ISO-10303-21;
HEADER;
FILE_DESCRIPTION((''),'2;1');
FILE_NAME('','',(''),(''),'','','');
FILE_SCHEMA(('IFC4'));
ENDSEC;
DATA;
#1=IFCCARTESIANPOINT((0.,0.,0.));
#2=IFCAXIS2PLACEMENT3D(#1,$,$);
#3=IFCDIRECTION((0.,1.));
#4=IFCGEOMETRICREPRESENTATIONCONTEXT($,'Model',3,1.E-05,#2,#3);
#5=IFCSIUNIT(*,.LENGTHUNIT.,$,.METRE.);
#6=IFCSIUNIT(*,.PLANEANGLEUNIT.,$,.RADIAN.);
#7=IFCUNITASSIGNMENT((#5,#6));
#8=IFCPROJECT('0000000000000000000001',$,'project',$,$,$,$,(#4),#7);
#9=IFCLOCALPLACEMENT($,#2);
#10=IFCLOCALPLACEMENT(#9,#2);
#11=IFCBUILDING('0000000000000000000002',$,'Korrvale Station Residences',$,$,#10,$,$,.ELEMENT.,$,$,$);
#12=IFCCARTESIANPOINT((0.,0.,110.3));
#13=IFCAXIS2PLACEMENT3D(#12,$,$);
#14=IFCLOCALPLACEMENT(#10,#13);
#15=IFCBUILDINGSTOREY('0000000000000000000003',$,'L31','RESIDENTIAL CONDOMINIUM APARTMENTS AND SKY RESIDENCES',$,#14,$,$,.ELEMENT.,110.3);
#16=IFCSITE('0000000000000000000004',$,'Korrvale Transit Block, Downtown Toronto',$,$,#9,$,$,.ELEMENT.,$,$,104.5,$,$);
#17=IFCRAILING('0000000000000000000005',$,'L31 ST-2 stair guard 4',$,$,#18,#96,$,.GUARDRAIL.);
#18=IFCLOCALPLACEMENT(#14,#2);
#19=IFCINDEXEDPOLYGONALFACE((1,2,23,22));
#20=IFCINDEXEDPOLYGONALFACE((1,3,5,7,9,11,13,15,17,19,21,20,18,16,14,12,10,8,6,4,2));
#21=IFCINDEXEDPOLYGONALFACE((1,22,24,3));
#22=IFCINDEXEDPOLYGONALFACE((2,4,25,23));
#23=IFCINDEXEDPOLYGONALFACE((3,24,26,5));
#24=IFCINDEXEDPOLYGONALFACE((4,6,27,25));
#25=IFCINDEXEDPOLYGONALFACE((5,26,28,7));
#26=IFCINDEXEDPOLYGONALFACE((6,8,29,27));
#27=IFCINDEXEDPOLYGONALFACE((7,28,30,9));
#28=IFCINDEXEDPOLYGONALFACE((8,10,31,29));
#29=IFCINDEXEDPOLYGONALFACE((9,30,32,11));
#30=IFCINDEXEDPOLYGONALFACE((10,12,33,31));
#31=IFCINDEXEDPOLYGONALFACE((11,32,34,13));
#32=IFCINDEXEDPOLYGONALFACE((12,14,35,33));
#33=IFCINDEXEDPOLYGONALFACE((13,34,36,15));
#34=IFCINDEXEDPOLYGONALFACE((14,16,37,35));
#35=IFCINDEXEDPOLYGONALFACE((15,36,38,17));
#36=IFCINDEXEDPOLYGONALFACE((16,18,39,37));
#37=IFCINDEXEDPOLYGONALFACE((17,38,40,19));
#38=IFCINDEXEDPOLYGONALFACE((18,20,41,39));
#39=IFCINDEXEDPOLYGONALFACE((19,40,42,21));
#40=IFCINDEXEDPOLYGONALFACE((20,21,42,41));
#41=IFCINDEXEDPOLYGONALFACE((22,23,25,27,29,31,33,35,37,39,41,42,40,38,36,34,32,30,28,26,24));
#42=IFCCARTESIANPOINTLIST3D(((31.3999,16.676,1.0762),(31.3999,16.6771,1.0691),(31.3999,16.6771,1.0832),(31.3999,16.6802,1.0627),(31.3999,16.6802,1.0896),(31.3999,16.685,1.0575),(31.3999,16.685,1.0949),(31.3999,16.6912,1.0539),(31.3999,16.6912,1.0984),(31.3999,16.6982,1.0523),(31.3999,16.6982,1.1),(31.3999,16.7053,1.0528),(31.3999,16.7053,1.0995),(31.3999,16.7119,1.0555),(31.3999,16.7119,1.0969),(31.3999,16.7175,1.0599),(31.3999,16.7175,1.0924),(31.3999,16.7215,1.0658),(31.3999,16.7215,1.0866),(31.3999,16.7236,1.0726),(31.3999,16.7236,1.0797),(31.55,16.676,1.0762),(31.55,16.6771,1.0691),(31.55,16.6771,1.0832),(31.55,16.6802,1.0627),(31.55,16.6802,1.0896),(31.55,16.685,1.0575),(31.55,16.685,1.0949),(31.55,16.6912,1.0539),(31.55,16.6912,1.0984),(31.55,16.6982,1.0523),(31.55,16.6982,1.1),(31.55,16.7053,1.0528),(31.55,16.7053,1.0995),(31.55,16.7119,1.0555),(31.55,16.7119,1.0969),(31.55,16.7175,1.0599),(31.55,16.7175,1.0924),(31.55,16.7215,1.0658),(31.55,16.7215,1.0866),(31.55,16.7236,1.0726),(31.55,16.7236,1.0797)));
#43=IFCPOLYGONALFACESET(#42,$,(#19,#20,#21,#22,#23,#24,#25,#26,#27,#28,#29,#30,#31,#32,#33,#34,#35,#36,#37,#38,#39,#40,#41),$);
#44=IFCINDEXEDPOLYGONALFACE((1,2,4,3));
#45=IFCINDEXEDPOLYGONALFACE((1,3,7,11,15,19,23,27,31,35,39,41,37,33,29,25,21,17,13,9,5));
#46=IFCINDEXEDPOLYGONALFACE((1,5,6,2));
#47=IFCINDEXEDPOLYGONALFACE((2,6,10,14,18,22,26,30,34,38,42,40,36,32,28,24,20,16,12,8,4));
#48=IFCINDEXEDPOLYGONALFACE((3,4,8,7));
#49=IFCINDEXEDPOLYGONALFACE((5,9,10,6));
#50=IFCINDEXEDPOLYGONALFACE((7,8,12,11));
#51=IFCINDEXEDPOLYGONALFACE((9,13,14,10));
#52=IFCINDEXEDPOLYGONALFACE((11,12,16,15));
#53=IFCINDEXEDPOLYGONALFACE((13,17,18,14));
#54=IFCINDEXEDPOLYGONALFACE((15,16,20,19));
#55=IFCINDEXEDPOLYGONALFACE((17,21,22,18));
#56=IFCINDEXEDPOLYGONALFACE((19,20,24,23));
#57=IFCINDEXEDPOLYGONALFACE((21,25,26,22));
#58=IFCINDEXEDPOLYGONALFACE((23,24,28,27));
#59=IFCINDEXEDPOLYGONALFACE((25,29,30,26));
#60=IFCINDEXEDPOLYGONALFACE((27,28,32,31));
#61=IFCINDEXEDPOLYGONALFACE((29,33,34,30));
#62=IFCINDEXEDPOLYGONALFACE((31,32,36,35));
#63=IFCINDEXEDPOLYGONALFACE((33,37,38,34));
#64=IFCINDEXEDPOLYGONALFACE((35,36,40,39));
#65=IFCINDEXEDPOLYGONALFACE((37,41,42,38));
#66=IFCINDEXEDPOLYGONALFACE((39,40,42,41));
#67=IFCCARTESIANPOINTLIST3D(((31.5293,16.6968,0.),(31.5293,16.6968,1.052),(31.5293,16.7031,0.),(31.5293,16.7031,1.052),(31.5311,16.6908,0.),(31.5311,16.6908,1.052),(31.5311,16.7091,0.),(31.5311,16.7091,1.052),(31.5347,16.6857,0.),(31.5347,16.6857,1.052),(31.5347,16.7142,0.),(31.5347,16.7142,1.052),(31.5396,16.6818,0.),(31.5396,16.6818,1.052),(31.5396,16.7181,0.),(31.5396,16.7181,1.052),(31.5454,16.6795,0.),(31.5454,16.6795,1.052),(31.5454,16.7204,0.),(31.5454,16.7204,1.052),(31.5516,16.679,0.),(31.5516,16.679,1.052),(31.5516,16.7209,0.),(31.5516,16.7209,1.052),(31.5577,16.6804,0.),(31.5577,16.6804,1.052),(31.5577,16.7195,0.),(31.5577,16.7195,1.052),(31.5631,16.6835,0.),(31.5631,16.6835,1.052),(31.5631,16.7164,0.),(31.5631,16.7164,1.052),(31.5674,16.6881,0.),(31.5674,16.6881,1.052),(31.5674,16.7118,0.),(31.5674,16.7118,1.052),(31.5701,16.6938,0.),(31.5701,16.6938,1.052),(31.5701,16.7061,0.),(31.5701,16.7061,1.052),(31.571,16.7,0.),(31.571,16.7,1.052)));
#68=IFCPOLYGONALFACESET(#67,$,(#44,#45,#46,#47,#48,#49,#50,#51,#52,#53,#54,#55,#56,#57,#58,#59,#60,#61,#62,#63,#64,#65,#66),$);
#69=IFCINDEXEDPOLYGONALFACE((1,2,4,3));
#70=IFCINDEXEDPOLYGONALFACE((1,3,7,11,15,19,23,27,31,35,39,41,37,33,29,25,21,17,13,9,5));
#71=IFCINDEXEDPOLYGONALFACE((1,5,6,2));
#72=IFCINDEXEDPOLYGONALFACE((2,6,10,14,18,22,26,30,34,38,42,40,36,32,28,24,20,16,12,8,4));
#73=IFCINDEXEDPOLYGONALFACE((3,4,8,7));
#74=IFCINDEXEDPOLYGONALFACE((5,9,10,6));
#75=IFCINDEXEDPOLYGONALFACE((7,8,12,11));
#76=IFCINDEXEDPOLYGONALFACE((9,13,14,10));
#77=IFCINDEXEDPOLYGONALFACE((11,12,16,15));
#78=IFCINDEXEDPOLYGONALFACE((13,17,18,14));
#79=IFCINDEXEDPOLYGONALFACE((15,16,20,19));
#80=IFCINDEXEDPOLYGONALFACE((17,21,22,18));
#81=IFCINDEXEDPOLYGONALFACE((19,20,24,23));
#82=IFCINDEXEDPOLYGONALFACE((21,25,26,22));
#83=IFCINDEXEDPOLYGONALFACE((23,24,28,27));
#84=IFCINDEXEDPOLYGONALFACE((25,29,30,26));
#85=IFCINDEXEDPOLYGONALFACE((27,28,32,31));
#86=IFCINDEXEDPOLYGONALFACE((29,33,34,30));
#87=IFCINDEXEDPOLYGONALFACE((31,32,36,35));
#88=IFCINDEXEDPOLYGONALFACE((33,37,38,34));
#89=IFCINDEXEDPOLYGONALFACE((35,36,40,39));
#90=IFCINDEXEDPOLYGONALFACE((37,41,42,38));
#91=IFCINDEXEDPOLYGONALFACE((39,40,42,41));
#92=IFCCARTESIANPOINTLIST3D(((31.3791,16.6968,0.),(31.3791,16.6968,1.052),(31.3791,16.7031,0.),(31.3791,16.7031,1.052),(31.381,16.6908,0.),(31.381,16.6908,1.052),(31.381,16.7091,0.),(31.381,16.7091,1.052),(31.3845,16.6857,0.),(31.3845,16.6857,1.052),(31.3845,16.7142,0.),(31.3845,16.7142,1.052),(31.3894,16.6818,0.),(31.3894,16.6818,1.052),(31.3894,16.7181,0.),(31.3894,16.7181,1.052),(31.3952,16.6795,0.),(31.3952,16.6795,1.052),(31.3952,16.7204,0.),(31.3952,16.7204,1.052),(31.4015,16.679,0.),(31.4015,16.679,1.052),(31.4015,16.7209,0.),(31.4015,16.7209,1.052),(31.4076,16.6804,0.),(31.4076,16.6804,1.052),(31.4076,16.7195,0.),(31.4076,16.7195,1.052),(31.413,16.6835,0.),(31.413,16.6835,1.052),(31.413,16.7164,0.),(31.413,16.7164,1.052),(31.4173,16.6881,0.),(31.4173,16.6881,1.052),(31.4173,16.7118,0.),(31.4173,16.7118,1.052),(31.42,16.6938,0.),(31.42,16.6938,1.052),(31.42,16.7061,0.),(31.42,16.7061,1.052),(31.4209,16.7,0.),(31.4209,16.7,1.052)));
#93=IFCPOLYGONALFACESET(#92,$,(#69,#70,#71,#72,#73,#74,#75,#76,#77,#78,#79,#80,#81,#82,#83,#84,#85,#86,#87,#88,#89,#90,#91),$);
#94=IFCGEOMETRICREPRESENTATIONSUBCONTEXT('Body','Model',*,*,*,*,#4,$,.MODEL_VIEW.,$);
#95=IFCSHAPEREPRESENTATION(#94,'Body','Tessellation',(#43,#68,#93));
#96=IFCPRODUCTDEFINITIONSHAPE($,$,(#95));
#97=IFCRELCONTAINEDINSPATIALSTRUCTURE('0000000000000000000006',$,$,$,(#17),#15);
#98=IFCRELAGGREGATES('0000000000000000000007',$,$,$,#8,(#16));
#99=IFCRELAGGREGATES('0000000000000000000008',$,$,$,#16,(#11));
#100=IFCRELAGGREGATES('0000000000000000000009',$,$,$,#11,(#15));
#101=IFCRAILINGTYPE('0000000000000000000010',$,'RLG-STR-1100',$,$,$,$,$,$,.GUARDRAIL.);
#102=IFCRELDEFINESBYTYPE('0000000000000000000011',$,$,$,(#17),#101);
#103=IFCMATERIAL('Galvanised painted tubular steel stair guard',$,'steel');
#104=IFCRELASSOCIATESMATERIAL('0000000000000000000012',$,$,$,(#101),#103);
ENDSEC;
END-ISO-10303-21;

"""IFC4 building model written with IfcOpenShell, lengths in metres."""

from ifc_helpers import new_model, si_unit, direction, frame, origin, origin_2d, place, context, subcontext, project, spatial, circle, extrude, material, type_object, element, save


model = new_model("IFC4")

# Units and contexts
model_context = context("Model", 3, precision=1e-05, world=origin(), true_north=direction((0.0, 1.0)))
body_context = subcontext(model_context, "Body", "Model", "MODEL_VIEW")
ifc_project = project(units=[si_unit("LENGTHUNIT", "METRE"), si_unit("PLANEANGLEUNIT", "RADIAN")], contexts=[model_context])

# Site, building, storey
site_placement = place(None, origin())
site = spatial("IfcSite", under=ifc_project, at=site_placement, Name="Korrvale Transit Block, Downtown Toronto", CompositionType="ELEMENT", RefElevation=104.5)
building_placement = place(site_placement, origin())
building = spatial("IfcBuilding", under=site, at=building_placement, Name="Korrvale Station Residences", CompositionType="ELEMENT")
storey_placement = place(building_placement, frame((0.0, 0.0, 110.3)))
storey = spatial("IfcBuildingStorey", under=building, at=storey_placement, Name="L31", Description="RESIDENTIAL CONDOMINIUM APARTMENTS AND SKY RESIDENCES", CompositionType="ELEMENT", Elevation=110.3)

# Railing
ifc_material_1 = material(Name="Galvanised painted tubular steel stair guard", Category="steel")
railing_type_1 = type_object("IfcRailingType", Name="RLG-STR-1100", PredefinedType="GUARDRAIL", material=ifc_material_1)
railing_1_placement = place(storey_placement, frame((31.55, 16.7, 0.0)))
element("IfcRailing", 1, at=railing_1_placement, inside=storey, type_object=railing_type_1, Name="L31 ST-2 stair guard 4", PredefinedType="GUARDRAIL", context=body_context, shape_type="SweptSolid", body=[
    extrude(circle(Radius=0.0239, at=origin_2d()), frame((0.0, 0.0, 1.0762), z_axis=(-1.0, 0.0, 0.0), x_axis=(0.0, -1.0, 0.0)), (0.0, 0.0, 1.0), 0.1501),
    extrude(circle(Radius=0.021, at=origin_2d()), origin(), (0.0, 0.0, 1.0), 1.052),
    extrude(circle(Radius=0.021, at=origin_2d()), frame((-0.1501, 0.0, 0.0)), (0.0, 0.0, 1.0), 1.052),
])

save(model, "model.ifc")
